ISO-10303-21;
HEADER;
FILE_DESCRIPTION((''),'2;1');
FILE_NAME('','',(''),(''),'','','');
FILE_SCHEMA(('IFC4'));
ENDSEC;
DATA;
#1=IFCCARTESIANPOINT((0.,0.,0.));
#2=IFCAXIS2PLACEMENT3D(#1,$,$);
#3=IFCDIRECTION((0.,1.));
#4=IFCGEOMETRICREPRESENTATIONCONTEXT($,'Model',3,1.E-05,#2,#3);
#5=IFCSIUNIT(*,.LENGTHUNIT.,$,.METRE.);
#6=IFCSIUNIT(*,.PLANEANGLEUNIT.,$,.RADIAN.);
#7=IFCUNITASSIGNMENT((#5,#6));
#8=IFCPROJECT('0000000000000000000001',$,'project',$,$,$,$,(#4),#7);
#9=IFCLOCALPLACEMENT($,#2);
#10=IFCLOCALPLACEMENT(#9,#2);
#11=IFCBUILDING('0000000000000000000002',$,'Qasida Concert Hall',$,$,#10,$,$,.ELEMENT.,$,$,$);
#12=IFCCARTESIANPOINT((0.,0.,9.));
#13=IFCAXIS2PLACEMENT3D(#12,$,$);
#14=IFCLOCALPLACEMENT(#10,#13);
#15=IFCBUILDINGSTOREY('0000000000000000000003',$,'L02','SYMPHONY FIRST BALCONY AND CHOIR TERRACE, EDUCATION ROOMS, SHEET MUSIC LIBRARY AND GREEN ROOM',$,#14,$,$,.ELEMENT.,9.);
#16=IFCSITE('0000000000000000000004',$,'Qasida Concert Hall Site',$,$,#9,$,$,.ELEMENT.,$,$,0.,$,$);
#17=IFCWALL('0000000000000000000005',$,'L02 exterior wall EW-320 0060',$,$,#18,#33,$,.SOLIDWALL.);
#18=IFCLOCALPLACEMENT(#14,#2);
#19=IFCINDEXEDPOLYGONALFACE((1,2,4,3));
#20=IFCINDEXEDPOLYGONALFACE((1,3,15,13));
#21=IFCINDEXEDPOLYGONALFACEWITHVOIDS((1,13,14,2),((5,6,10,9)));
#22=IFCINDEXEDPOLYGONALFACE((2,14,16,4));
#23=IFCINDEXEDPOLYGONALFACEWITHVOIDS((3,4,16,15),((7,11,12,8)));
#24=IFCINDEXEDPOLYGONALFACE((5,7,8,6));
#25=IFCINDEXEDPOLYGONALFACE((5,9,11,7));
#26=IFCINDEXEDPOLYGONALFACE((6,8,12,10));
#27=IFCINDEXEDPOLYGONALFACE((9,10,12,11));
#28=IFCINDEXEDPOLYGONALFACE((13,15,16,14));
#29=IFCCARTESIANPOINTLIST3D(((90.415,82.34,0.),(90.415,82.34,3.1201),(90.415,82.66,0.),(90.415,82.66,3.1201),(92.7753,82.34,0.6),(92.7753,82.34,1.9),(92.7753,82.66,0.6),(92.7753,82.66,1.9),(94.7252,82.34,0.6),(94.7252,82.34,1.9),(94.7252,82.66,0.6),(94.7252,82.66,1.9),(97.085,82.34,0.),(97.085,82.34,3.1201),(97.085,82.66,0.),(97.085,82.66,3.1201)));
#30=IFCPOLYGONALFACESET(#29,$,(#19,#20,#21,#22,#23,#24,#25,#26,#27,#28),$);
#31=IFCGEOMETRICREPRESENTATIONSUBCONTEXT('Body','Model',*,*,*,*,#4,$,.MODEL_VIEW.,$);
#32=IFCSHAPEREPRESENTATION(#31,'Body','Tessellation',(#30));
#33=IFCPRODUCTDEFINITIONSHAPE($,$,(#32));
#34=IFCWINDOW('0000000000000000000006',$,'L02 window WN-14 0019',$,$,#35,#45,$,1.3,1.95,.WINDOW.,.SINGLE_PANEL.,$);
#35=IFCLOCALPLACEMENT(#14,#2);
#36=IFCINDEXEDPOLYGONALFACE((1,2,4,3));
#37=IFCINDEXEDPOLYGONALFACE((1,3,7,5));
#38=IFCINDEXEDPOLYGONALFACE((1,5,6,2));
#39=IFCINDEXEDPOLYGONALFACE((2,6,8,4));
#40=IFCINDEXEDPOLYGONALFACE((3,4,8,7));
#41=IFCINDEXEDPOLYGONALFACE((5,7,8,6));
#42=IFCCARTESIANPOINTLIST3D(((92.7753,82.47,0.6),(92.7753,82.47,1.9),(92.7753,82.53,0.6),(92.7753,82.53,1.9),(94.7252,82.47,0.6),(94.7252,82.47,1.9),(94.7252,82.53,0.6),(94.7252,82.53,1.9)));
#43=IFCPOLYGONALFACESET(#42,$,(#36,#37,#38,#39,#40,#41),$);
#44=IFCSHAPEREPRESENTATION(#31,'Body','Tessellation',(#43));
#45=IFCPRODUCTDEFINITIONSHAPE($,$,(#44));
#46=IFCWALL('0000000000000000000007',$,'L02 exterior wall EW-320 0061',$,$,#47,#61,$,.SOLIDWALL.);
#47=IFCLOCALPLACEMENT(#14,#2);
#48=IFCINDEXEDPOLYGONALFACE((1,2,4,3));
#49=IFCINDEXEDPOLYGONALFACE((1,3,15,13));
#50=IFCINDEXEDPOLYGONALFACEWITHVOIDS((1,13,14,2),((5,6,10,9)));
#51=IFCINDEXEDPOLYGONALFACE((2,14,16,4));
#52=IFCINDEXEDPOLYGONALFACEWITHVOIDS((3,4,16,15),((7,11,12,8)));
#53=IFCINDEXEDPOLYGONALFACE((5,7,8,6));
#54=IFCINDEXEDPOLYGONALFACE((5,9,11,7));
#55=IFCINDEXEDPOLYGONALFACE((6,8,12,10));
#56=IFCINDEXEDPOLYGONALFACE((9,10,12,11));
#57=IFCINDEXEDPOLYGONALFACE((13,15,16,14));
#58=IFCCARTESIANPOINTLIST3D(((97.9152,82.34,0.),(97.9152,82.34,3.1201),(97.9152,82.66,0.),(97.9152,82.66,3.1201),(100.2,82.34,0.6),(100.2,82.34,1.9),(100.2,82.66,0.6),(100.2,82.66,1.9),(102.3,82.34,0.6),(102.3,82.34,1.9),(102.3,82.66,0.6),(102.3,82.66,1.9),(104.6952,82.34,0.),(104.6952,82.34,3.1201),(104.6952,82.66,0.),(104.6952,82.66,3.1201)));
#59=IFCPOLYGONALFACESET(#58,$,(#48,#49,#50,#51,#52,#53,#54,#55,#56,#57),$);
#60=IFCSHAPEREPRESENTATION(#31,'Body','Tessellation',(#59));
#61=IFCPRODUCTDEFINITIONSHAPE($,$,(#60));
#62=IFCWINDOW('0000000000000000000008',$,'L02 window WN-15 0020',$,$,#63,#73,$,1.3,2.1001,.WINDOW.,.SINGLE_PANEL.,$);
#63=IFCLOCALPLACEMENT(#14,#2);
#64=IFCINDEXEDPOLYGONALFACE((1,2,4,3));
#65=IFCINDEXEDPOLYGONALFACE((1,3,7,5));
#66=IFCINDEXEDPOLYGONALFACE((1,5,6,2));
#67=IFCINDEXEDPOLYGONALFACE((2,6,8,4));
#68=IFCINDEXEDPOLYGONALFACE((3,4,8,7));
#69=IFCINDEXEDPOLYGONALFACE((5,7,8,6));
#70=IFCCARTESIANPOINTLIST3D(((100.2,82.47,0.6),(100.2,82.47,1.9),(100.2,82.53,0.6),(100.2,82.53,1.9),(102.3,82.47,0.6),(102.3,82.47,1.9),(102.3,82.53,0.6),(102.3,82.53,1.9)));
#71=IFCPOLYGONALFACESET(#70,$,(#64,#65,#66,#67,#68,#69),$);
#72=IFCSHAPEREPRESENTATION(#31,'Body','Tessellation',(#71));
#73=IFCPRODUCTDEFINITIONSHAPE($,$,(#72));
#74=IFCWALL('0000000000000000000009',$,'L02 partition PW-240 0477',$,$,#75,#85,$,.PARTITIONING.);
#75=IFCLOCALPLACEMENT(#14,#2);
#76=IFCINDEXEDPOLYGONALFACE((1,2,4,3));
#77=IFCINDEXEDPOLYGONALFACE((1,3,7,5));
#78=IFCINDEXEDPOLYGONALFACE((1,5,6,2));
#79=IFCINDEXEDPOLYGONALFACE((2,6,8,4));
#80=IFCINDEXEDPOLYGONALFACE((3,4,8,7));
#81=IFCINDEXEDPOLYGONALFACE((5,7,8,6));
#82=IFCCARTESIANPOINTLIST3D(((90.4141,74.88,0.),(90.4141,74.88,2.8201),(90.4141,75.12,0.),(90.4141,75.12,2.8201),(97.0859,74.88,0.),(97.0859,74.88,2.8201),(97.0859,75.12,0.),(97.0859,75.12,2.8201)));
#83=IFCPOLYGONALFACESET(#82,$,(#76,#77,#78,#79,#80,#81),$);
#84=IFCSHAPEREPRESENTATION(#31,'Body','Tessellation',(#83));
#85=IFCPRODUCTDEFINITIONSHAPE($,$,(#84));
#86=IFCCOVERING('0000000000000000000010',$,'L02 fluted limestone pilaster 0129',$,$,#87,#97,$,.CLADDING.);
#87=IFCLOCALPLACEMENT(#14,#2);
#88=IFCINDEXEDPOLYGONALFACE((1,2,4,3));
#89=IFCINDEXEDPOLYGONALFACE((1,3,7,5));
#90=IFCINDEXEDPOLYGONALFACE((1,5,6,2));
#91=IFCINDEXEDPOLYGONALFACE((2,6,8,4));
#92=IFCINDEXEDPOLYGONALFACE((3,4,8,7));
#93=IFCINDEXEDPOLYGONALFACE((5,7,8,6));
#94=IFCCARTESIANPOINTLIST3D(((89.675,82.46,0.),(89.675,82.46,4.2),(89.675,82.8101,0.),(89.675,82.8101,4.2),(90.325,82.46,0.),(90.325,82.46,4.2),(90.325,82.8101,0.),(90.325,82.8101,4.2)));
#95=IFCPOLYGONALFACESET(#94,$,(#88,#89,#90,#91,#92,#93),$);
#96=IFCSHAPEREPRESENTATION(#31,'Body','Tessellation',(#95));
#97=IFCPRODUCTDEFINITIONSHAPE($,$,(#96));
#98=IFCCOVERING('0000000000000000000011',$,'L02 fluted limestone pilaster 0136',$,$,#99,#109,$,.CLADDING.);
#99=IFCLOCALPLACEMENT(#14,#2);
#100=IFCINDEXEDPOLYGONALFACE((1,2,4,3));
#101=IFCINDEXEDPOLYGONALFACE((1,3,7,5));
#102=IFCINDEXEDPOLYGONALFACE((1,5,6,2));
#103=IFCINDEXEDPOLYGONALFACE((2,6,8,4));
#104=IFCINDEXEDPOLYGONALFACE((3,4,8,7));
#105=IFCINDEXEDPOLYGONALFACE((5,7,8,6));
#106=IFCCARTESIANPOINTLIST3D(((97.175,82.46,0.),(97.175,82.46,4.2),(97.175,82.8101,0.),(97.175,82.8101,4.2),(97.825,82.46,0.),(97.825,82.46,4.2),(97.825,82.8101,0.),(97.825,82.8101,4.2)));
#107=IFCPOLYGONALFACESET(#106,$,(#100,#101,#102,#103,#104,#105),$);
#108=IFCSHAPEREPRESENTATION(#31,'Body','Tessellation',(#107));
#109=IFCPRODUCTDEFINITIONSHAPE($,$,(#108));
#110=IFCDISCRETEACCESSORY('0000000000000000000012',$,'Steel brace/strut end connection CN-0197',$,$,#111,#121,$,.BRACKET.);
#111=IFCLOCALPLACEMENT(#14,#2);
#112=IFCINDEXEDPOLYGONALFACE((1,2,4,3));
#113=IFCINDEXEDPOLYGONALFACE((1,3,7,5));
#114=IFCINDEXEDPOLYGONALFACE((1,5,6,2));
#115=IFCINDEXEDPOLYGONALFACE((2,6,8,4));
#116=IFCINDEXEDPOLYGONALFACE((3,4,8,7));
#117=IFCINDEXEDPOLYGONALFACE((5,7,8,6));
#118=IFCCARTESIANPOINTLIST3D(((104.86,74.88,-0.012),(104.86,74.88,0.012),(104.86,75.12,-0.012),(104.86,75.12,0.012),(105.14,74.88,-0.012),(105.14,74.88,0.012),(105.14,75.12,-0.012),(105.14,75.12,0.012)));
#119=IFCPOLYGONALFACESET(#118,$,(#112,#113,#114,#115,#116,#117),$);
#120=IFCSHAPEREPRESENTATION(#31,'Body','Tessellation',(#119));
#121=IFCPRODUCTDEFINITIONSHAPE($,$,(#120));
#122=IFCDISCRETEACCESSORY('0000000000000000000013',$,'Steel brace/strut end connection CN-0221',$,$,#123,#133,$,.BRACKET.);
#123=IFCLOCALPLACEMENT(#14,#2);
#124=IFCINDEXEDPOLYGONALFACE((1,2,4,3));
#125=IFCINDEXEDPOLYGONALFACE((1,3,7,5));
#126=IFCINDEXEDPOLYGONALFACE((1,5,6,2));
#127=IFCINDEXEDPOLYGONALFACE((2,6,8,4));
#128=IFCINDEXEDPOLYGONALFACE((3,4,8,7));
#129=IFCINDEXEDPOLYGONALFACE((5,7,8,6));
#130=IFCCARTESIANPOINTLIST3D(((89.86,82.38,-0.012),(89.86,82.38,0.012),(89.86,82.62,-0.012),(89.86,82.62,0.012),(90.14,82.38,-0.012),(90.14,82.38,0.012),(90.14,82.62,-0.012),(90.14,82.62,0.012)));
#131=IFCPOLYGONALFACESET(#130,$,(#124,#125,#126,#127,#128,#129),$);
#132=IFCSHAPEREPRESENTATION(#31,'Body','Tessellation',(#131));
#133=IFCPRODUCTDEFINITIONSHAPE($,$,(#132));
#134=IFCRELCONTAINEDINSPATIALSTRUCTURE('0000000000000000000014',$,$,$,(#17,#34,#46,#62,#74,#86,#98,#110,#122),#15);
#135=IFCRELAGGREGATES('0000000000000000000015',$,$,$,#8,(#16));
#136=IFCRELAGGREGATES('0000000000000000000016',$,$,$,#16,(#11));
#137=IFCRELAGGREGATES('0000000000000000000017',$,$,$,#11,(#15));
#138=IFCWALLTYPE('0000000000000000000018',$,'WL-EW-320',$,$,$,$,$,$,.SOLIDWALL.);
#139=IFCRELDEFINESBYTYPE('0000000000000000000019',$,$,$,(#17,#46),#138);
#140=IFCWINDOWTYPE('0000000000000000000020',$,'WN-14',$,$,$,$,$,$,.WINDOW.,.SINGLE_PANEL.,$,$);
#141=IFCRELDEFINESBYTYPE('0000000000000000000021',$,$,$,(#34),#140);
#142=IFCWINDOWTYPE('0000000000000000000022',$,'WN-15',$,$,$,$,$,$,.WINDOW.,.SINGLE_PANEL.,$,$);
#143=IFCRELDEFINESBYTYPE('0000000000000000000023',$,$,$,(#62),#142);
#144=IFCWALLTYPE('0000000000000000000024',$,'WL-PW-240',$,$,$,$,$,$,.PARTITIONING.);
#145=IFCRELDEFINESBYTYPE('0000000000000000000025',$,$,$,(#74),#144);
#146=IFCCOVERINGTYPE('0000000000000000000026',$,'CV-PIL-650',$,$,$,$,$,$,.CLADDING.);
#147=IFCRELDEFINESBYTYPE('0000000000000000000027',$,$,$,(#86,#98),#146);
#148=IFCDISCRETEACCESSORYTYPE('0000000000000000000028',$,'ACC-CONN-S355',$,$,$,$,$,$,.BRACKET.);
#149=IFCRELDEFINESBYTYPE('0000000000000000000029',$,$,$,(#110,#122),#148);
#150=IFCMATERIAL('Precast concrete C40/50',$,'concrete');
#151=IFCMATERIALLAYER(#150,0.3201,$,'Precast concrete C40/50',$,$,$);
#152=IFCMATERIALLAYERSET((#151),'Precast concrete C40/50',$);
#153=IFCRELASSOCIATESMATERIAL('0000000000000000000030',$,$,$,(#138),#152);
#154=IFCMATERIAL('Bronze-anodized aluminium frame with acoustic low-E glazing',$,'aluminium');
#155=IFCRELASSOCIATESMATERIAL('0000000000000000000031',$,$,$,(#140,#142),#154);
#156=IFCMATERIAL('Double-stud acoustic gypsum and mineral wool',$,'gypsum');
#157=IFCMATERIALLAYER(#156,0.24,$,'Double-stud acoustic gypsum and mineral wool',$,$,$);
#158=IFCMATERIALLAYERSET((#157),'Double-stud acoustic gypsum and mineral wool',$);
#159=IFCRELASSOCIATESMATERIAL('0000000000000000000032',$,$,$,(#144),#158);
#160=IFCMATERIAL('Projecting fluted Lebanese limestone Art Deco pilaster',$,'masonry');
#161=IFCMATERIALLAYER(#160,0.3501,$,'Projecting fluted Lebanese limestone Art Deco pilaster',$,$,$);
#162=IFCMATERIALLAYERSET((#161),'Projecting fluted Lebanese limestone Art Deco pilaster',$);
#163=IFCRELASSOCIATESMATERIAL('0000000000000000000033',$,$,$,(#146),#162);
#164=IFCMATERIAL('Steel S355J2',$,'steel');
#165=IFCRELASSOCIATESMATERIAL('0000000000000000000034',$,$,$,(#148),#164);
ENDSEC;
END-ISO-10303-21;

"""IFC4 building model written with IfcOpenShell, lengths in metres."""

from ifc_helpers import new_model, si_unit, direction, frame, frame_2d, origin, origin_2d, place, context, subcontext, project, spatial, rectangle, extrude, material, layer, layer_set, type_object, element, fill, save


model = new_model("IFC4")

# Units and contexts
model_context = context("Model", 3, precision=1e-05, world=origin(), true_north=direction((0.0, 1.0)))
body_context = subcontext(model_context, "Body", "Model", "MODEL_VIEW")
ifc_project = project(units=[si_unit("LENGTHUNIT", "METRE"), si_unit("PLANEANGLEUNIT", "RADIAN")], contexts=[model_context])

# Site, building, storey
site_placement = place(None, origin())
site = spatial("IfcSite", under=ifc_project, at=site_placement, Name="Qasida Concert Hall Site", CompositionType="ELEMENT", RefElevation=0.0)
building_placement = place(site_placement, origin())
building = spatial("IfcBuilding", under=site, at=building_placement, Name="Qasida Concert Hall", CompositionType="ELEMENT")
storey_placement = place(building_placement, frame((0.0, 0.0, 9.0)))
storey = spatial("IfcBuildingStorey", under=building, at=storey_placement, Name="L02", Description="SYMPHONY FIRST BALCONY AND CHOIR TERRACE, EDUCATION ROOMS, SHEET MUSIC LIBRARY AND GREEN ROOM", CompositionType="ELEMENT", Elevation=9.0)

# Shared definitions
ifc_material_1 = material(Name="Steel S355J2", Category="steel")

# Walls, openings, windows
ifc_material_2 = material(Name="Precast concrete C40/50", Category="concrete")
ifc_layer_1 = layer(ifc_material_2, 0.3201, Name="Precast concrete C40/50")
ifc_layer_set_1 = layer_set([ifc_layer_1], Name="Precast concrete C40/50")
wall_type_1 = type_object("IfcWallType", Name="WL-EW-320", PredefinedType="SOLIDWALL", material=ifc_layer_set_1)
wall_1_placement = place(storey_placement, frame((90.415, 82.5, 0.0), z_axis=(0.0, 0.0, 1.0), x_axis=(1.0, 0.0, 0.0)))
wall_1 = element("IfcWall", 1, at=wall_1_placement, inside=storey, type_object=wall_type_1, Name="L02 exterior wall EW-320 0060", PredefinedType="SOLIDWALL", context=body_context, shape_type="SweptSolid", body=[
    extrude(rectangle(XDim=6.6699, YDim=0.3201, at=frame_2d((3.335, 0.0))), origin(), (0.0, 0.0, 1.0), 3.1201),
])
opening_1_placement = place(wall_1_placement, frame((2.3601, 0.0, 0.6001)))
opening_1 = element("IfcOpeningElement", 2, at=opening_1_placement, cuts=wall_1, PredefinedType="OPENING", context=body_context, shape_type="SweptSolid", body=[
    extrude(rectangle(XDim=1.95, YDim=1.3, at=frame_2d((0.9751, 0.6499))), frame((0.0, 0.1699, 0.0), z_axis=(0.0, -1.0, 0.0), x_axis=(1.0, 0.0, 0.0)), (0.0, 0.0, 1.0), 0.3401),
])
ifc_material_3 = material(Name="Bronze-anodized aluminium frame with acoustic low-E glazing", Category="aluminium")
window_type_1 = type_object("IfcWindowType", Name="WN-14", PartitioningType="SINGLE_PANEL", PredefinedType="WINDOW", material=ifc_material_3)
window_1_placement = place(opening_1_placement, origin())
window_1 = element("IfcWindow", 3, at=window_1_placement, inside=storey, type_object=window_type_1, Name="L02 window WN-14 0019", OverallHeight=1.3, OverallWidth=1.95, PartitioningType="SINGLE_PANEL", PredefinedType="WINDOW", context=body_context, shape_type="SweptSolid", body=[
    extrude(rectangle(XDim=1.95, YDim=1.3, at=frame_2d((0.9751, 0.6499))), frame((0.0, 0.03, 0.0), z_axis=(0.0, -1.0, 0.0), x_axis=(1.0, 0.0, 0.0)), (0.0, 0.0, 1.0), 0.0601),
])
fill(opening_1, window_1)
wall_2_placement = place(storey_placement, frame((97.915, 82.5, 0.0), z_axis=(0.0, 0.0, 1.0), x_axis=(1.0, 0.0, 0.0)))
wall_2 = element("IfcWall", 4, at=wall_2_placement, inside=storey, type_object=wall_type_1, Name="L02 exterior wall EW-320 0061", PredefinedType="SOLIDWALL", context=body_context, shape_type="SweptSolid", body=[
    extrude(rectangle(XDim=6.78, YDim=0.3201, at=frame_2d((3.3901, 0.0))), origin(), (0.0, 0.0, 1.0), 3.1201),
])
opening_2_placement = place(wall_2_placement, frame((2.2849, 0.0, 0.6001)))
opening_2 = element("IfcOpeningElement", 5, at=opening_2_placement, cuts=wall_2, PredefinedType="OPENING", context=body_context, shape_type="SweptSolid", body=[
    extrude(rectangle(XDim=2.1001, YDim=1.3, at=frame_2d((1.05, 0.6499))), frame((0.0, 0.1699, 0.0), z_axis=(0.0, -1.0, 0.0), x_axis=(1.0, 0.0, 0.0)), (0.0, 0.0, 1.0), 0.3401),
])
window_type_2 = type_object("IfcWindowType", Name="WN-15", PartitioningType="SINGLE_PANEL", PredefinedType="WINDOW", material=ifc_material_3)
window_2_placement = place(opening_2_placement, origin())
window_2 = element("IfcWindow", 6, at=window_2_placement, inside=storey, type_object=window_type_2, Name="L02 window WN-15 0020", OverallHeight=1.3, OverallWidth=2.1001, PartitioningType="SINGLE_PANEL", PredefinedType="WINDOW", context=body_context, shape_type="SweptSolid", body=[
    extrude(rectangle(XDim=2.1001, YDim=1.3, at=frame_2d((1.05, 0.6499))), frame((0.0, 0.03, 0.0), z_axis=(0.0, -1.0, 0.0), x_axis=(1.0, 0.0, 0.0)), (0.0, 0.0, 1.0), 0.0601),
])
fill(opening_2, window_2)

# Wall
ifc_material_4 = material(Name="Double-stud acoustic gypsum and mineral wool", Category="gypsum")
ifc_layer_2 = layer(ifc_material_4, 0.24, Name="Double-stud acoustic gypsum and mineral wool")
ifc_layer_set_2 = layer_set([ifc_layer_2], Name="Double-stud acoustic gypsum and mineral wool")
wall_type_2 = type_object("IfcWallType", Name="WL-PW-240", PredefinedType="PARTITIONING", material=ifc_layer_set_2)
wall_3_placement = place(storey_placement, frame((90.4141, 75.0, 0.0), z_axis=(0.0, 0.0, 1.0), x_axis=(1.0, 0.0, 0.0)))
element("IfcWall", 7, at=wall_3_placement, inside=storey, type_object=wall_type_2, Name="L02 partition PW-240 0477", PredefinedType="PARTITIONING", context=body_context, shape_type="SweptSolid", body=[
    extrude(rectangle(XDim=6.6719, YDim=0.24, at=frame_2d((3.3359, 0.0))), origin(), (0.0, 0.0, 1.0), 2.8201),
])

# Coverings
ifc_material_5 = material(Name="Projecting fluted Lebanese limestone Art Deco pilaster", Category="masonry")
ifc_layer_3 = layer(ifc_material_5, 0.3501, Name="Projecting fluted Lebanese limestone Art Deco pilaster")
ifc_layer_set_3 = layer_set([ifc_layer_3], Name="Projecting fluted Lebanese limestone Art Deco pilaster")
covering_type = type_object("IfcCoveringType", Name="CV-PIL-650", PredefinedType="CLADDING", material=ifc_layer_set_3)
for number, where, z_axis, x_axis, name in (
    (8, (90.0, 82.635, 0.0), (0.0, 0.0, 1.0), (1.0, 0.0, 0.0), "L02 fluted limestone pilaster 0129"),
    (9, (97.5, 82.635, 0.0), (0.0, 0.0, 1.0), (1.0, 0.0, 0.0), "L02 fluted limestone pilaster 0136"),
):
    element("IfcCovering", number, at=place(storey_placement, frame(where, z_axis=z_axis, x_axis=x_axis)), inside=storey, type_object=covering_type, Name=name, PredefinedType="CLADDING", context=body_context, shape_type="SweptSolid", body=[
        extrude(rectangle(XDim=0.6499, YDim=0.3501, at=origin_2d()), origin(), (0.0, 0.0, 1.0), 4.2),
    ])

# Discrete accessories
discrete_accessory_type = type_object("IfcDiscreteAccessoryType", Name="ACC-CONN-S355", PredefinedType="BRACKET", material=ifc_material_1)
for number, where, z_axis, x_axis, name in (
    (10, (105.0, 75.0, -0.012), (0.0, 0.0, 1.0), (1.0, 0.0, 0.0), "Steel brace/strut end connection CN-0197"),
    (11, (90.0, 82.5, -0.012), (0.0, 0.0, 1.0), (1.0, 0.0, 0.0), "Steel brace/strut end connection CN-0221"),
):
    element("IfcDiscreteAccessory", number, at=place(storey_placement, frame(where, z_axis=z_axis, x_axis=x_axis)), inside=storey, type_object=discrete_accessory_type, Name=name, PredefinedType="BRACKET", context=body_context, shape_type="SweptSolid", body=[
        extrude(rectangle(XDim=0.28, YDim=0.24, at=origin_2d()), origin(), (0.0, 0.0, 1.0), 0.0239),
    ])

save(model, "model.ifc")
